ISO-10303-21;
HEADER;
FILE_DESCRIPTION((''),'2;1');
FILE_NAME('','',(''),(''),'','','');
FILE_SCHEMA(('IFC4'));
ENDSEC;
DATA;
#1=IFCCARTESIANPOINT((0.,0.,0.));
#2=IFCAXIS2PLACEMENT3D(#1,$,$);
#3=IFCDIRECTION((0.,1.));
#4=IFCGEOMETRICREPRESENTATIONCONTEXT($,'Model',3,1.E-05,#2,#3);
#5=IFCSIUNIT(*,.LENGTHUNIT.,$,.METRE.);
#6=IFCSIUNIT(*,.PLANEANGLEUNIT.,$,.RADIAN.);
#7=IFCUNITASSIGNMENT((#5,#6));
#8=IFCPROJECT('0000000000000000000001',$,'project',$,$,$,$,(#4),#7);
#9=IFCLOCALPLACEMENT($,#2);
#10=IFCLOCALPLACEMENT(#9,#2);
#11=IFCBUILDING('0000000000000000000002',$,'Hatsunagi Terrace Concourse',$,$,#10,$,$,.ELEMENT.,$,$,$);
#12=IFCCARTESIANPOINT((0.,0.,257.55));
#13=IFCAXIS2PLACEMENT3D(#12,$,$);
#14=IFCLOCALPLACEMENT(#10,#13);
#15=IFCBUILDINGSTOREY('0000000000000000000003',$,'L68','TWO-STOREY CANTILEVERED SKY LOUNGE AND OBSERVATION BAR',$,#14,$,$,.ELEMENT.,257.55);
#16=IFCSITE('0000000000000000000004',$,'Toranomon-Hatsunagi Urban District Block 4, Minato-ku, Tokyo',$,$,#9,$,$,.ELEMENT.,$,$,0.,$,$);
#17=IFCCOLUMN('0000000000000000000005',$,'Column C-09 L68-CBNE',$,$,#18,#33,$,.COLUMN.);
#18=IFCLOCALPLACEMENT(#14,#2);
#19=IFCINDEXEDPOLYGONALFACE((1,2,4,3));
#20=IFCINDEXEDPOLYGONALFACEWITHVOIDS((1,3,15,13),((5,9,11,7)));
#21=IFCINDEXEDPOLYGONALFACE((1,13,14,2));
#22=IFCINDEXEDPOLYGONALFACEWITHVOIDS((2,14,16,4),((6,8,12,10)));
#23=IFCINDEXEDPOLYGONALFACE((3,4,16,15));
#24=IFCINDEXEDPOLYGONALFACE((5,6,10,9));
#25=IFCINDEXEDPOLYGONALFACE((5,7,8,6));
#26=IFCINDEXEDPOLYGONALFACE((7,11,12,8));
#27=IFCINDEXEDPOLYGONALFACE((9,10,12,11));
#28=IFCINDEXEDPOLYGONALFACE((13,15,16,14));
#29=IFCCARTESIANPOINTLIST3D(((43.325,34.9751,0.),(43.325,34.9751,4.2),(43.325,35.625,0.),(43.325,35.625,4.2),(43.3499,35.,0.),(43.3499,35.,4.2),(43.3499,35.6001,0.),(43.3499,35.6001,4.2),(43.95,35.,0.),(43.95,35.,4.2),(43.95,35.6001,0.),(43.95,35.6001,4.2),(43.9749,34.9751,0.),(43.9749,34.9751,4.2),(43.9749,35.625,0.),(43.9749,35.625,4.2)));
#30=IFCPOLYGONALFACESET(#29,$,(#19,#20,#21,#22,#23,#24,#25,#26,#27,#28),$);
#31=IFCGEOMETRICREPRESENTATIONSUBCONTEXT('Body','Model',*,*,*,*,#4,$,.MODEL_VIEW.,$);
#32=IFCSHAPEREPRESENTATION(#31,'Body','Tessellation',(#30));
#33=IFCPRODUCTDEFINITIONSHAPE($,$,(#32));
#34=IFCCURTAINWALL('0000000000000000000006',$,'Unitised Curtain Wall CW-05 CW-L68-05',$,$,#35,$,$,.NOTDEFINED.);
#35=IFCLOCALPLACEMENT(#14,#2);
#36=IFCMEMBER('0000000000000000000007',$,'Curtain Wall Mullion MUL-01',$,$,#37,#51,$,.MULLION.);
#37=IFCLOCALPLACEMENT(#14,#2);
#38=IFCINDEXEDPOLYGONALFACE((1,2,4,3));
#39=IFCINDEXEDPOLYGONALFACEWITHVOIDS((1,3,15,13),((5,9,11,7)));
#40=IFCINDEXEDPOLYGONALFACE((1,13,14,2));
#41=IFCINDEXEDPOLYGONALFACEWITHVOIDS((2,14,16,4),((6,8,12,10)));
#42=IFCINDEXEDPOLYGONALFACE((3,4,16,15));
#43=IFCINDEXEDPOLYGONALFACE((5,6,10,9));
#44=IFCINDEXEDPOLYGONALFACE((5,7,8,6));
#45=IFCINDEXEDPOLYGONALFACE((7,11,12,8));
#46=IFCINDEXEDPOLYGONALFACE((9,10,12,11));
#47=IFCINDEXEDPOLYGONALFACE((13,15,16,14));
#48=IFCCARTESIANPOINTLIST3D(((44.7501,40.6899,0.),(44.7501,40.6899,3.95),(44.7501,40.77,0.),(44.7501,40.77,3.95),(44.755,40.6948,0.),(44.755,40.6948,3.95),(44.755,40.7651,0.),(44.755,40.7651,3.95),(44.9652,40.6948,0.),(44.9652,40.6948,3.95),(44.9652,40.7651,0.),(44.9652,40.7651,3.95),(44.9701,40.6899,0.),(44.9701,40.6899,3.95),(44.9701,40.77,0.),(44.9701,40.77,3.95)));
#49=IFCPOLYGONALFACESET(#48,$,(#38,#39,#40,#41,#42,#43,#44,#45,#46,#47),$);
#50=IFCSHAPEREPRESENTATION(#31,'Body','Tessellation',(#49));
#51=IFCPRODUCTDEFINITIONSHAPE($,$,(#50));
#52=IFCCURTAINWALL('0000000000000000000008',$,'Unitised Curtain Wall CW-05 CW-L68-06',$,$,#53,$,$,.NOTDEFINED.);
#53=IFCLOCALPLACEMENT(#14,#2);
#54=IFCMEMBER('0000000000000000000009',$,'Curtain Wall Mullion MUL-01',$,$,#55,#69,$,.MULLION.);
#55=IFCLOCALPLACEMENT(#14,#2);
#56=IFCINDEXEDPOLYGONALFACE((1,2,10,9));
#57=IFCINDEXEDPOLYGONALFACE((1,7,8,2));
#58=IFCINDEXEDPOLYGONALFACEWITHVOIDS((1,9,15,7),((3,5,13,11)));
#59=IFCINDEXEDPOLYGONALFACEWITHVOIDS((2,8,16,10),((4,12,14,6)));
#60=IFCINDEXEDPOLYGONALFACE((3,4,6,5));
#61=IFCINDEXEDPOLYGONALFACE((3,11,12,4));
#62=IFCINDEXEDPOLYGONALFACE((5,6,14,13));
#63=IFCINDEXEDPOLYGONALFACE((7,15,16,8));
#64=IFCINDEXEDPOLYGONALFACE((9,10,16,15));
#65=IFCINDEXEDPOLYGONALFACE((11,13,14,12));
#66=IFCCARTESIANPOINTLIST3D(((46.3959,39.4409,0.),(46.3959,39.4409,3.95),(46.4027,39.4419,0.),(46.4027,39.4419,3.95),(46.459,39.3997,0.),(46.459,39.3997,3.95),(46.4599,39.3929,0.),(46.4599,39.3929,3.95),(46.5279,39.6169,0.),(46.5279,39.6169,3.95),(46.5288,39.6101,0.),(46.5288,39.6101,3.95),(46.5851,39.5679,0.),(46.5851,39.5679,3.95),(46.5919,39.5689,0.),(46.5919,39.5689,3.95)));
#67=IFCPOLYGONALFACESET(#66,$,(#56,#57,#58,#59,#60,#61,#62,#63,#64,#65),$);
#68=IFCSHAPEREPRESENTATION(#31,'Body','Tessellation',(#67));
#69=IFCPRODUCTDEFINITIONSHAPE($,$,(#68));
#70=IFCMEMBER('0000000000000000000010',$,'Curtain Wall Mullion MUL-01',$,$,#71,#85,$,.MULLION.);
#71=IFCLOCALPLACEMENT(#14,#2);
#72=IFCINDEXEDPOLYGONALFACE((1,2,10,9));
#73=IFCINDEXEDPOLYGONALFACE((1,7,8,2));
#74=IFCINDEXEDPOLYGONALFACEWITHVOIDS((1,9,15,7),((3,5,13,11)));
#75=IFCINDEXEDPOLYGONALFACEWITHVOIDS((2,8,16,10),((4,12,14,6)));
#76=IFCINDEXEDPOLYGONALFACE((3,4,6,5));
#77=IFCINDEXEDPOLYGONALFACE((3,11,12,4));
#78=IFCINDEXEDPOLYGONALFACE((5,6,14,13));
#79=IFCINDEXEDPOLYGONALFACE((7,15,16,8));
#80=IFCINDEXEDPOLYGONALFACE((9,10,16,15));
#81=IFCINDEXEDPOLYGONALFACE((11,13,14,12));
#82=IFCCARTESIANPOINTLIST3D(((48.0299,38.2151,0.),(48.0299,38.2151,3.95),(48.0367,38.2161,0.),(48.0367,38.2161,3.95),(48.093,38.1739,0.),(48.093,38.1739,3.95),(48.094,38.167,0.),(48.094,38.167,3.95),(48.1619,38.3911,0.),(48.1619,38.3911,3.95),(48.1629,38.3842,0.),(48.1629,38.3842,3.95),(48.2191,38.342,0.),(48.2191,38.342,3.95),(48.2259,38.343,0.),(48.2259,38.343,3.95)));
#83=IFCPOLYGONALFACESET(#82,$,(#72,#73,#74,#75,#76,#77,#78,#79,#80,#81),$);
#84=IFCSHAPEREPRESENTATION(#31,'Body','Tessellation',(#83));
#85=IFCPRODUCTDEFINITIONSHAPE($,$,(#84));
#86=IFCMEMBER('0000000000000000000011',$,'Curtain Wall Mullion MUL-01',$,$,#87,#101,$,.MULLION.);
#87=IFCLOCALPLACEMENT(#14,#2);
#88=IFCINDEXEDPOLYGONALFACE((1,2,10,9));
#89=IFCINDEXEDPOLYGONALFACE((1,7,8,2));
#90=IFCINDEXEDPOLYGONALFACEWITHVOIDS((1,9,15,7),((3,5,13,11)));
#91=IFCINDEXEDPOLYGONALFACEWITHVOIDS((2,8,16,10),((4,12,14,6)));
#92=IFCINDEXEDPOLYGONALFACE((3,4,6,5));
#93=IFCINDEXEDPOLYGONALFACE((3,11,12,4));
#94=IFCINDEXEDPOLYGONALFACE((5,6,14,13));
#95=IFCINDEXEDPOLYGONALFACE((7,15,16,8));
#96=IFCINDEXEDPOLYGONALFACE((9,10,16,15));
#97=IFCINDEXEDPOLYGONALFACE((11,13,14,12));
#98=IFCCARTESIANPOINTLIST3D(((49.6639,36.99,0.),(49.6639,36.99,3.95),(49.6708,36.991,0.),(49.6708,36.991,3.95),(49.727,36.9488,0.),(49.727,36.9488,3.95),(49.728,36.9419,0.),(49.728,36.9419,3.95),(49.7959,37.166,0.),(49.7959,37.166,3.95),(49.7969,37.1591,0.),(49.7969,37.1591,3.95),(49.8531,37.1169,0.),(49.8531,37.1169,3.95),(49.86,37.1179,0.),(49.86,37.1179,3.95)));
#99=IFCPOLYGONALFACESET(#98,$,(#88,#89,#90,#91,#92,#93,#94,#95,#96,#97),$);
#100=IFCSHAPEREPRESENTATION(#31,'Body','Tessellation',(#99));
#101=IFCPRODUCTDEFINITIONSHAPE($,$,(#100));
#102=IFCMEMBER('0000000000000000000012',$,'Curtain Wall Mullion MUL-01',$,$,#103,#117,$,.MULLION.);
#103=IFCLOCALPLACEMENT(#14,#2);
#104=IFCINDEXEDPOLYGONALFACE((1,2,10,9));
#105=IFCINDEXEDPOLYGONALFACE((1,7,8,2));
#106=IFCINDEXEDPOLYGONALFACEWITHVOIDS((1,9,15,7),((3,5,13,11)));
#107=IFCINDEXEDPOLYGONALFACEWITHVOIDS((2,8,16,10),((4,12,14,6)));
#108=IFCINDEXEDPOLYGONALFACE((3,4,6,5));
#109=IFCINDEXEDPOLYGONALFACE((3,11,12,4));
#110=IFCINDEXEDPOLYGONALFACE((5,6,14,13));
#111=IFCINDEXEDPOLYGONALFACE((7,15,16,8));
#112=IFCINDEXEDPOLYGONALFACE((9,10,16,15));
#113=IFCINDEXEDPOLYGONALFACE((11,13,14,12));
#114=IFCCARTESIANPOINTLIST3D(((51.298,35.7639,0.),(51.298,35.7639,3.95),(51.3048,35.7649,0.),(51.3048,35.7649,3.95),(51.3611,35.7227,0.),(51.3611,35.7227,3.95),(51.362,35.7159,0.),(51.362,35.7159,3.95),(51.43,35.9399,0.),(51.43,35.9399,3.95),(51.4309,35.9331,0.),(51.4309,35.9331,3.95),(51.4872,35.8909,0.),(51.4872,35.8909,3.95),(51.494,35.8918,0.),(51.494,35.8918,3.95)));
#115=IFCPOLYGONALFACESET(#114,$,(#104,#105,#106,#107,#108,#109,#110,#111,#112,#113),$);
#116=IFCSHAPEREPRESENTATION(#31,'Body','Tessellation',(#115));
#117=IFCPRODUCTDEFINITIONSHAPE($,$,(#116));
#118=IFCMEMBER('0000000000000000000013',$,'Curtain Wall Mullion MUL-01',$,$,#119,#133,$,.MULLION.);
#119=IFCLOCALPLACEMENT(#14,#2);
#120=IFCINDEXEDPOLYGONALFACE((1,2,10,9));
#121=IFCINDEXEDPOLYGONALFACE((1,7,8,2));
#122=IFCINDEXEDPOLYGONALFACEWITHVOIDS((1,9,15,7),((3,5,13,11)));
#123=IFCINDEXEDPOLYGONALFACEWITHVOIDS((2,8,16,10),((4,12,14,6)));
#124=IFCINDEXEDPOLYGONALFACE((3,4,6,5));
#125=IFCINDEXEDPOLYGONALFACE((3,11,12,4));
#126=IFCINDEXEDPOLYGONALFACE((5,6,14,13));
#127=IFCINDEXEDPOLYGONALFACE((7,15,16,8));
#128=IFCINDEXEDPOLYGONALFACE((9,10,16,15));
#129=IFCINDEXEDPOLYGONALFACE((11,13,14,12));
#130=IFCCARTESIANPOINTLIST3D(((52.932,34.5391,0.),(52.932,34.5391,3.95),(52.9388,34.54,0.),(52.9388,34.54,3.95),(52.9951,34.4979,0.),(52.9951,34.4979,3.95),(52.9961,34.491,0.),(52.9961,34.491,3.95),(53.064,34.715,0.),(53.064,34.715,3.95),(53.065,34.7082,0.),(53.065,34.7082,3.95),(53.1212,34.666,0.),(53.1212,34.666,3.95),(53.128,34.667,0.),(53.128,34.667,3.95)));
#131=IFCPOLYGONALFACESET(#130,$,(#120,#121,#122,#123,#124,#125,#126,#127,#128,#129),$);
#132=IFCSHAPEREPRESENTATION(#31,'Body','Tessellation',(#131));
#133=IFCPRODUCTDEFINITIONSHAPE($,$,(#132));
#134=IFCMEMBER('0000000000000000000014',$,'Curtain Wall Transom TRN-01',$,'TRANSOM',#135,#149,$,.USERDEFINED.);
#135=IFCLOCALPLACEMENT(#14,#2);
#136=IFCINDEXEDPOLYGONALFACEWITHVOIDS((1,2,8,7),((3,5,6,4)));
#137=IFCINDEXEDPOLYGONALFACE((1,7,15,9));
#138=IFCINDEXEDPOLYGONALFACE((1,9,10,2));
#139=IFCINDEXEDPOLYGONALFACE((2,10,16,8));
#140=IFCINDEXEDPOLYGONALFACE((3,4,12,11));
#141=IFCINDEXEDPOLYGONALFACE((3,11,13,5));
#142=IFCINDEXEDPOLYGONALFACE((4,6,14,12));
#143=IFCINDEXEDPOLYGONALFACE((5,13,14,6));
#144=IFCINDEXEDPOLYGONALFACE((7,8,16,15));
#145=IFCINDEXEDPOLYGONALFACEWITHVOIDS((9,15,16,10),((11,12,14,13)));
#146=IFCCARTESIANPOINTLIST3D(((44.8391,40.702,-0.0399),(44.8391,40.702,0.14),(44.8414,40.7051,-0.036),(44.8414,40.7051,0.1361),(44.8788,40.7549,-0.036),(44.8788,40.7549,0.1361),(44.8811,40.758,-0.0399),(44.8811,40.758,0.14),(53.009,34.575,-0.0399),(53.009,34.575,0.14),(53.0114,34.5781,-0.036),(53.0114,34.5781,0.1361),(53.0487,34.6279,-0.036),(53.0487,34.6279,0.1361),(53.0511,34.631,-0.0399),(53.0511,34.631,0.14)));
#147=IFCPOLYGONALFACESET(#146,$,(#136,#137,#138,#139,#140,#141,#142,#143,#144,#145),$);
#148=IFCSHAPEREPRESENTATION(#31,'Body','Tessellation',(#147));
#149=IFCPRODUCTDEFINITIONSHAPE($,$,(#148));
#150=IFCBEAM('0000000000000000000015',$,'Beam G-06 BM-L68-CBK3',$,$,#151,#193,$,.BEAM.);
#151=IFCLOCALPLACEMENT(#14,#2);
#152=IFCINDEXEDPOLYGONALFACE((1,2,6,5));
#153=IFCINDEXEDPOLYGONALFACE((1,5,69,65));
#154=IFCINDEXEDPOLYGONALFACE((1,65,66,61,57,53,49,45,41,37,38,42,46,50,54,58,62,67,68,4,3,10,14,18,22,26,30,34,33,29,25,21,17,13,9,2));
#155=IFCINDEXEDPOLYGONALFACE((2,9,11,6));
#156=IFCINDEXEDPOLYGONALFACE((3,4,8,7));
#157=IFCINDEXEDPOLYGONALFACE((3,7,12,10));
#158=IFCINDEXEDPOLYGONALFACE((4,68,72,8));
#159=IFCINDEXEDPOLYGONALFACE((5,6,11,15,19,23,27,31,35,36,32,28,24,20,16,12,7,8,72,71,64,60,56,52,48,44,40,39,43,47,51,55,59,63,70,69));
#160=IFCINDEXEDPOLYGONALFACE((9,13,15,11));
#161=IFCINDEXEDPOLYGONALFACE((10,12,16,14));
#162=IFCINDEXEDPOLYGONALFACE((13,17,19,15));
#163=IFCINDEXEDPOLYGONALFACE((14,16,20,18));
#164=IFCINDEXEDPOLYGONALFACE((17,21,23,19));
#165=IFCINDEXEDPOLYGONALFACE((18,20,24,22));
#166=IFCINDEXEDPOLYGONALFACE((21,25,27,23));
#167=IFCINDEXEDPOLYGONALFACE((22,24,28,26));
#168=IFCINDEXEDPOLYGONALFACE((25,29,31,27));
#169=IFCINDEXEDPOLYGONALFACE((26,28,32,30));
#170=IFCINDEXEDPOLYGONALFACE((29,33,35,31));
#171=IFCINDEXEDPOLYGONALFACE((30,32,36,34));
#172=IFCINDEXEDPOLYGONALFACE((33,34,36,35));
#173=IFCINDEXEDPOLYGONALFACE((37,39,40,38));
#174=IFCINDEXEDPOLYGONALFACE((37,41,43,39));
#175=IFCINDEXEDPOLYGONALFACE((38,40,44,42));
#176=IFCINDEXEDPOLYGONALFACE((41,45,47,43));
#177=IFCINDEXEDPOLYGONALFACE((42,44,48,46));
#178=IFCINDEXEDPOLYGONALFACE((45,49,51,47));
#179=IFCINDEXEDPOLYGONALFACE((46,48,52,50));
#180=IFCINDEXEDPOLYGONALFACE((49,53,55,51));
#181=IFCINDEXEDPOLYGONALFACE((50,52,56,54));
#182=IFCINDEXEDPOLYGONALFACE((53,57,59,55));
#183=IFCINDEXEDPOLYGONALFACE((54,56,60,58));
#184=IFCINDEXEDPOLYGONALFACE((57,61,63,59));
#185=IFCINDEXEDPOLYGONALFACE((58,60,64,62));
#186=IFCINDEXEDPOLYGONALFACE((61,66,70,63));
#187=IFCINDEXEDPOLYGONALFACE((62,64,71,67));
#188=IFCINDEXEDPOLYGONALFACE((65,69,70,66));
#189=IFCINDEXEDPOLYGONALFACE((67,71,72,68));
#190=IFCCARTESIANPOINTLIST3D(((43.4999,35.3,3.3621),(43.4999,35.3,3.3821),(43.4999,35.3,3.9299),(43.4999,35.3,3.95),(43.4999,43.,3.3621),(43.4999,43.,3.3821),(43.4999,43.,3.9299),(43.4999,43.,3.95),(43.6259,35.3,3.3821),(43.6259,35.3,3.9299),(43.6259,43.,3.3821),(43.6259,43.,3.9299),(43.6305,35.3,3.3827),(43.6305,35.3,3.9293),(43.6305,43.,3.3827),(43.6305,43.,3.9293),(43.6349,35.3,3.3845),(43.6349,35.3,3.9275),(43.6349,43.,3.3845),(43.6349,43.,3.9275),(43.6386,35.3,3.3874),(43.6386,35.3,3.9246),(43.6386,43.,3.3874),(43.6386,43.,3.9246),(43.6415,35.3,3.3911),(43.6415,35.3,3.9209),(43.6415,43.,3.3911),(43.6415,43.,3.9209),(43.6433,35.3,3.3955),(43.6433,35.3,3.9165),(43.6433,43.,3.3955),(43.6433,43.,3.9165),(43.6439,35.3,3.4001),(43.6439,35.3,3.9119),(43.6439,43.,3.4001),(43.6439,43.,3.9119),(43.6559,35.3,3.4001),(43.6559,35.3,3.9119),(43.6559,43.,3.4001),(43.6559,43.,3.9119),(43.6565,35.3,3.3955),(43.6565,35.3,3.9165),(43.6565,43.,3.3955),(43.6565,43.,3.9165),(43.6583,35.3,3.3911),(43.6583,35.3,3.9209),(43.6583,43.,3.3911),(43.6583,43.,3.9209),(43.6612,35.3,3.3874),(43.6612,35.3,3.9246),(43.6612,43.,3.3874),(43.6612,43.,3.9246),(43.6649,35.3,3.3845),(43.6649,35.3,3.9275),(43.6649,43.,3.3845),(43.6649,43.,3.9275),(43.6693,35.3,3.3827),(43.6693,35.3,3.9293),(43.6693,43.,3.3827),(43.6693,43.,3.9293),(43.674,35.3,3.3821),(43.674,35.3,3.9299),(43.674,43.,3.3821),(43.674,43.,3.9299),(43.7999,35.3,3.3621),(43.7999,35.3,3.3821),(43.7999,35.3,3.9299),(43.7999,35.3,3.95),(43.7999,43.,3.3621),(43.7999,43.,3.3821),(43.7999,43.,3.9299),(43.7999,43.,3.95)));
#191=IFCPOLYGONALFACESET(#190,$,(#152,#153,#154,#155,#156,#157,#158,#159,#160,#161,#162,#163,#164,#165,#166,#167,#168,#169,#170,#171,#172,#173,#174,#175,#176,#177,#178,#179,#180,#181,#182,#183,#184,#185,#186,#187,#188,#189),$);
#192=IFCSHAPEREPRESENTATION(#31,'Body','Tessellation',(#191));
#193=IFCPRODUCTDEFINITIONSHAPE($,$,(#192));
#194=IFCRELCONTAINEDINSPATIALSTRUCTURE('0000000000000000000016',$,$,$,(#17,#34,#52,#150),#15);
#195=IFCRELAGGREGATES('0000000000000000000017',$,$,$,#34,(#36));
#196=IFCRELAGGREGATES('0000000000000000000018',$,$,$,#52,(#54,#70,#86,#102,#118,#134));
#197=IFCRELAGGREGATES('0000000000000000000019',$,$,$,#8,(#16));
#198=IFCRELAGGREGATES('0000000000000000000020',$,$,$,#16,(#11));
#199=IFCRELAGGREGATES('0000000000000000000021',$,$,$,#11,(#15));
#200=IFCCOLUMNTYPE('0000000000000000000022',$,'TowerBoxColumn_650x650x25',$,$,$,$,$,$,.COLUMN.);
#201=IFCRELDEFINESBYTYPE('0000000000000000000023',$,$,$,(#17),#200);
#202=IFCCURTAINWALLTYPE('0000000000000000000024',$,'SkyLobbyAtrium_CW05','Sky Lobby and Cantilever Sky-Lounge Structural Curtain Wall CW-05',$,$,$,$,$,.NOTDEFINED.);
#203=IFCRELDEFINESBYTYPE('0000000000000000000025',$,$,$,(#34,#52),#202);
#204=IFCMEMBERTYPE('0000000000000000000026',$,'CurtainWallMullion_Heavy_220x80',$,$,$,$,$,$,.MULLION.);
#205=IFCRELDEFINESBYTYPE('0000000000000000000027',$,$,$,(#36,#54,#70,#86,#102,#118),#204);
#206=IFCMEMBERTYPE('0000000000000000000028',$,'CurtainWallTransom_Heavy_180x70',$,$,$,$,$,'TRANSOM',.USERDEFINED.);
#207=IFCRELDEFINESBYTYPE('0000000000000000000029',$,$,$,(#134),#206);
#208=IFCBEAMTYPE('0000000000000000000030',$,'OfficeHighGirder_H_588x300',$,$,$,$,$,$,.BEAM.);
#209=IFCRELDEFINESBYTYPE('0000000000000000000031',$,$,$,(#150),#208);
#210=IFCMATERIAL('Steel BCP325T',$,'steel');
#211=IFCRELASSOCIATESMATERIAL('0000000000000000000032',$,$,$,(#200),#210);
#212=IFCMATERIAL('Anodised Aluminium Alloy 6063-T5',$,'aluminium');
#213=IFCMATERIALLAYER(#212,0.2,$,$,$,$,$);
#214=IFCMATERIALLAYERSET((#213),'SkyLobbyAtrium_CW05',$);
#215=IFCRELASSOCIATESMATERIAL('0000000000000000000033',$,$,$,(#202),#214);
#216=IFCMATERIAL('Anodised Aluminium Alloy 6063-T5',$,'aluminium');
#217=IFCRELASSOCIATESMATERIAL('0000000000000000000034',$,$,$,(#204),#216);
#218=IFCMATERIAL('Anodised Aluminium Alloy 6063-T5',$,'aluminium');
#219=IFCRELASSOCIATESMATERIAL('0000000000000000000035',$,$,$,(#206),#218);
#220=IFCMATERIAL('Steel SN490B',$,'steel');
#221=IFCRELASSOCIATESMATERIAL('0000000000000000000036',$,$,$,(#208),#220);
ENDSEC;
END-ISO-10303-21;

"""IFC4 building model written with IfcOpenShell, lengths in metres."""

from ifc_helpers import new_model, si_unit, direction, frame, origin, origin_2d, place, context, subcontext, project, spatial, hollow_rectangle, i_section, extrude, material, layer, layer_set, material_profile, profile_set, type_object, element, aggregate, save


model = new_model("IFC4")

# Units and contexts
model_context = context("Model", 3, precision=1e-05, world=origin(), true_north=direction((0.0, 1.0)))
body_context = subcontext(model_context, "Body", "Model", "MODEL_VIEW")
ifc_project = project(units=[si_unit("LENGTHUNIT", "METRE"), si_unit("PLANEANGLEUNIT", "RADIAN")], contexts=[model_context])

# Site, building, storey
site_placement = place(None, origin())
site = spatial("IfcSite", under=ifc_project, at=site_placement, Name="Toranomon-Hatsunagi Urban District Block 4, Minato-ku, Tokyo", CompositionType="ELEMENT", RefElevation=0.0)
building_placement = place(site_placement, origin())
building = spatial("IfcBuilding", under=site, at=building_placement, Name="Hatsunagi Terrace Concourse", CompositionType="ELEMENT")
storey_placement = place(building_placement, frame((0.0, 0.0, 257.55)))
storey = spatial("IfcBuildingStorey", under=building, at=storey_placement, Name="L68", Description="TWO-STOREY CANTILEVERED SKY LOUNGE AND OBSERVATION BAR", CompositionType="ELEMENT", Elevation=257.55)

# Column
ifc_material_1 = material(Name="Steel BCP325T", Category="steel")
ifc_material_profile_1 = material_profile(ifc_material_1, hollow_rectangle(XDim=0.6499, YDim=0.6499, WallThickness=0.0249, at=origin_2d()), Name="BCP-650x650x25")
ifc_profile_set_1 = profile_set([ifc_material_profile_1], Name="Steel BCP325T")
column_type = type_object("IfcColumnType", Name="TowerBoxColumn_650x650x25", PredefinedType="COLUMN", material=ifc_profile_set_1)
column_placement = place(storey_placement, frame((43.6499, 35.3, 0.0), z_axis=(0.0, 0.0, 1.0), x_axis=(1.0, 0.0, 0.0)))
element("IfcColumn", 1, at=column_placement, inside=storey, type_object=column_type, Name="Column C-09 L68-CBNE", PredefinedType="COLUMN", context=body_context, shape_type="SweptSolid", body=[
    extrude(hollow_rectangle(XDim=0.6499, YDim=0.6499, WallThickness=0.0249, at=origin_2d()), origin(), (0.0, 0.0, 1.0), 4.2),
])

# Curtain wall, member
ifc_material_2 = material(Name="Anodised Aluminium Alloy 6063-T5", Category="aluminium")
ifc_layer_1 = layer(ifc_material_2, 0.2)
ifc_layer_set_1 = layer_set([ifc_layer_1], Name="SkyLobbyAtrium_CW05")
curtain_wall_type = type_object("IfcCurtainWallType", Name="SkyLobbyAtrium_CW05", Description="Sky Lobby and Cantilever Sky-Lounge Structural Curtain Wall CW-05", PredefinedType="NOTDEFINED", material=ifc_layer_set_1)
curtain_wall_1_placement = place(storey_placement, origin())
curtain_wall_1 = element("IfcCurtainWall", 2, at=curtain_wall_1_placement, inside=storey, type_object=curtain_wall_type, Name="Unitised Curtain Wall CW-05 CW-L68-05", PredefinedType="NOTDEFINED")
ifc_material_3 = material(Name="Anodised Aluminium Alloy 6063-T5", Category="aluminium")
ifc_material_profile_2 = material_profile(ifc_material_3, hollow_rectangle(XDim=0.0801, YDim=0.22, WallThickness=0.0049, at=origin_2d()), Name="ALU-MUL-220x80x5")
ifc_profile_set_2 = profile_set([ifc_material_profile_2], Name="Anodised Aluminium Alloy 6063-T5")
member_type_1 = type_object("IfcMemberType", Name="CurtainWallMullion_Heavy_220x80", PredefinedType="MULLION", material=ifc_profile_set_2)
member_1_placement = place(storey_placement, frame((44.8601, 40.73, 0.0), z_axis=(0.0, 0.0, 1.0), x_axis=(0.0, -1.0, 0.0)))
member_1 = element("IfcMember", 3, at=member_1_placement, type_object=member_type_1, Name="Curtain Wall Mullion MUL-01", PredefinedType="MULLION", context=body_context, shape_type="SweptSolid", body=[
    extrude(hollow_rectangle(XDim=0.0801, YDim=0.22, WallThickness=0.0049, at=origin_2d()), origin(), (0.0, 0.0, 1.0), 3.95),
])
aggregate(curtain_wall_1, [member_1])

# Curtain wall, members
curtain_wall_2_placement = place(storey_placement, origin())
curtain_wall_2 = element("IfcCurtainWall", 4, at=curtain_wall_2_placement, inside=storey, type_object=curtain_wall_type, Name="Unitised Curtain Wall CW-05 CW-L68-06", PredefinedType="NOTDEFINED")
member_2_placement = place(storey_placement, frame((46.4939, 39.5049, 0.0), z_axis=(0.0, 0.0, 1.0), x_axis=(0.800023, -0.599969, 0.0)))
member_2 = element("IfcMember", 5, at=member_2_placement, type_object=member_type_1, Name="Curtain Wall Mullion MUL-01", PredefinedType="MULLION", context=body_context, shape_type="SweptSolid", body=[
    extrude(hollow_rectangle(XDim=0.0801, YDim=0.22, WallThickness=0.0049, at=origin_2d()), origin(), (0.0, 0.0, 1.0), 3.95),
])
member_3_placement = place(storey_placement, frame((48.1279, 38.2791, 0.0), z_axis=(0.0, 0.0, 1.0), x_axis=(0.800023, -0.599969, 0.0)))
member_3 = element("IfcMember", 6, at=member_3_placement, type_object=member_type_1, Name="Curtain Wall Mullion MUL-01", PredefinedType="MULLION", context=body_context, shape_type="SweptSolid", body=[
    extrude(hollow_rectangle(XDim=0.0801, YDim=0.22, WallThickness=0.0049, at=origin_2d()), origin(), (0.0, 0.0, 1.0), 3.95),
])
member_4_placement = place(storey_placement, frame((49.762, 37.054, 0.0), z_axis=(0.0, 0.0, 1.0), x_axis=(0.800023, -0.599969, 0.0)))
member_4 = element("IfcMember", 7, at=member_4_placement, type_object=member_type_1, Name="Curtain Wall Mullion MUL-01", PredefinedType="MULLION", context=body_context, shape_type="SweptSolid", body=[
    extrude(hollow_rectangle(XDim=0.0801, YDim=0.22, WallThickness=0.0049, at=origin_2d()), origin(), (0.0, 0.0, 1.0), 3.95),
])
member_5_placement = place(storey_placement, frame((51.396, 35.8279, 0.0), z_axis=(0.0, 0.0, 1.0), x_axis=(0.800023, -0.599969, 0.0)))
member_5 = element("IfcMember", 8, at=member_5_placement, type_object=member_type_1, Name="Curtain Wall Mullion MUL-01", PredefinedType="MULLION", context=body_context, shape_type="SweptSolid", body=[
    extrude(hollow_rectangle(XDim=0.0801, YDim=0.22, WallThickness=0.0049, at=origin_2d()), origin(), (0.0, 0.0, 1.0), 3.95),
])
member_6_placement = place(storey_placement, frame((53.03, 34.603, 0.0), z_axis=(0.0, 0.0, 1.0), x_axis=(0.800023, -0.599969, 0.0)))
member_6 = element("IfcMember", 9, at=member_6_placement, type_object=member_type_1, Name="Curtain Wall Mullion MUL-01", PredefinedType="MULLION", context=body_context, shape_type="SweptSolid", body=[
    extrude(hollow_rectangle(XDim=0.0801, YDim=0.22, WallThickness=0.0049, at=origin_2d()), origin(), (0.0, 0.0, 1.0), 3.95),
])
ifc_material_4 = material(Name="Anodised Aluminium Alloy 6063-T5", Category="aluminium")
ifc_material_profile_3 = material_profile(ifc_material_4, hollow_rectangle(XDim=0.0701, YDim=0.1799, WallThickness=0.0039, at=origin_2d()), Name="ALU-TRN-180x70x4")
ifc_profile_set_3 = profile_set([ifc_material_profile_3], Name="Anodised Aluminium Alloy 6063-T5")
member_type_2 = type_object("IfcMemberType", Name="CurtainWallTransom_Heavy_180x70", ElementType="TRANSOM", PredefinedType="USERDEFINED", material=ifc_profile_set_3)
member_7_placement = place(storey_placement, frame((44.8601, 40.73, 0.05), z_axis=(0.800023, -0.599969, 0.0), x_axis=(0.599969, 0.800023, 0.0)))
member_7 = element("IfcMember", 10, at=member_7_placement, type_object=member_type_2, Name="Curtain Wall Transom TRN-01", ObjectType="TRANSOM", PredefinedType="USERDEFINED", context=body_context, shape_type="SweptSolid", body=[
    extrude(hollow_rectangle(XDim=0.0701, YDim=0.1799, WallThickness=0.0039, at=origin_2d()), origin(), (0.0, 0.0, 1.0), 10.2122),
])

# Beam
ifc_material_5 = material(Name="Steel SN490B", Category="steel")
ifc_material_profile_4 = material_profile(ifc_material_5, i_section(OverallWidth=0.3, OverallDepth=0.5879, WebThickness=0.012, FlangeThickness=0.02, FilletRadius=0.0181, at=origin_2d()), Name="H-588x300x12x20")
ifc_profile_set_4 = profile_set([ifc_material_profile_4], Name="Steel SN490B")
beam_type_1 = type_object("IfcBeamType", Name="OfficeHighGirder_H_588x300", PredefinedType="BEAM", material=ifc_profile_set_4)
beam_1_placement = place(storey_placement, frame((43.6499, 35.3, 3.656), z_axis=(0.0, 1.0, 0.0), x_axis=(-1.0, 0.0, 0.0)))
element("IfcBeam", 11, at=beam_1_placement, inside=storey, type_object=beam_type_1, Name="Beam G-06 BM-L68-CBK3", PredefinedType="BEAM", context=body_context, shape_type="SweptSolid", body=[
    extrude(i_section(OverallWidth=0.3, OverallDepth=0.5879, WebThickness=0.012, FlangeThickness=0.02, FilletRadius=0.0181, at=origin_2d()), origin(), (0.0, 0.0, 1.0), 7.7),
])

aggregate(curtain_wall_2, [member_2, member_3, member_4, member_5, member_6, member_7])

save(model, "model.ifc")
